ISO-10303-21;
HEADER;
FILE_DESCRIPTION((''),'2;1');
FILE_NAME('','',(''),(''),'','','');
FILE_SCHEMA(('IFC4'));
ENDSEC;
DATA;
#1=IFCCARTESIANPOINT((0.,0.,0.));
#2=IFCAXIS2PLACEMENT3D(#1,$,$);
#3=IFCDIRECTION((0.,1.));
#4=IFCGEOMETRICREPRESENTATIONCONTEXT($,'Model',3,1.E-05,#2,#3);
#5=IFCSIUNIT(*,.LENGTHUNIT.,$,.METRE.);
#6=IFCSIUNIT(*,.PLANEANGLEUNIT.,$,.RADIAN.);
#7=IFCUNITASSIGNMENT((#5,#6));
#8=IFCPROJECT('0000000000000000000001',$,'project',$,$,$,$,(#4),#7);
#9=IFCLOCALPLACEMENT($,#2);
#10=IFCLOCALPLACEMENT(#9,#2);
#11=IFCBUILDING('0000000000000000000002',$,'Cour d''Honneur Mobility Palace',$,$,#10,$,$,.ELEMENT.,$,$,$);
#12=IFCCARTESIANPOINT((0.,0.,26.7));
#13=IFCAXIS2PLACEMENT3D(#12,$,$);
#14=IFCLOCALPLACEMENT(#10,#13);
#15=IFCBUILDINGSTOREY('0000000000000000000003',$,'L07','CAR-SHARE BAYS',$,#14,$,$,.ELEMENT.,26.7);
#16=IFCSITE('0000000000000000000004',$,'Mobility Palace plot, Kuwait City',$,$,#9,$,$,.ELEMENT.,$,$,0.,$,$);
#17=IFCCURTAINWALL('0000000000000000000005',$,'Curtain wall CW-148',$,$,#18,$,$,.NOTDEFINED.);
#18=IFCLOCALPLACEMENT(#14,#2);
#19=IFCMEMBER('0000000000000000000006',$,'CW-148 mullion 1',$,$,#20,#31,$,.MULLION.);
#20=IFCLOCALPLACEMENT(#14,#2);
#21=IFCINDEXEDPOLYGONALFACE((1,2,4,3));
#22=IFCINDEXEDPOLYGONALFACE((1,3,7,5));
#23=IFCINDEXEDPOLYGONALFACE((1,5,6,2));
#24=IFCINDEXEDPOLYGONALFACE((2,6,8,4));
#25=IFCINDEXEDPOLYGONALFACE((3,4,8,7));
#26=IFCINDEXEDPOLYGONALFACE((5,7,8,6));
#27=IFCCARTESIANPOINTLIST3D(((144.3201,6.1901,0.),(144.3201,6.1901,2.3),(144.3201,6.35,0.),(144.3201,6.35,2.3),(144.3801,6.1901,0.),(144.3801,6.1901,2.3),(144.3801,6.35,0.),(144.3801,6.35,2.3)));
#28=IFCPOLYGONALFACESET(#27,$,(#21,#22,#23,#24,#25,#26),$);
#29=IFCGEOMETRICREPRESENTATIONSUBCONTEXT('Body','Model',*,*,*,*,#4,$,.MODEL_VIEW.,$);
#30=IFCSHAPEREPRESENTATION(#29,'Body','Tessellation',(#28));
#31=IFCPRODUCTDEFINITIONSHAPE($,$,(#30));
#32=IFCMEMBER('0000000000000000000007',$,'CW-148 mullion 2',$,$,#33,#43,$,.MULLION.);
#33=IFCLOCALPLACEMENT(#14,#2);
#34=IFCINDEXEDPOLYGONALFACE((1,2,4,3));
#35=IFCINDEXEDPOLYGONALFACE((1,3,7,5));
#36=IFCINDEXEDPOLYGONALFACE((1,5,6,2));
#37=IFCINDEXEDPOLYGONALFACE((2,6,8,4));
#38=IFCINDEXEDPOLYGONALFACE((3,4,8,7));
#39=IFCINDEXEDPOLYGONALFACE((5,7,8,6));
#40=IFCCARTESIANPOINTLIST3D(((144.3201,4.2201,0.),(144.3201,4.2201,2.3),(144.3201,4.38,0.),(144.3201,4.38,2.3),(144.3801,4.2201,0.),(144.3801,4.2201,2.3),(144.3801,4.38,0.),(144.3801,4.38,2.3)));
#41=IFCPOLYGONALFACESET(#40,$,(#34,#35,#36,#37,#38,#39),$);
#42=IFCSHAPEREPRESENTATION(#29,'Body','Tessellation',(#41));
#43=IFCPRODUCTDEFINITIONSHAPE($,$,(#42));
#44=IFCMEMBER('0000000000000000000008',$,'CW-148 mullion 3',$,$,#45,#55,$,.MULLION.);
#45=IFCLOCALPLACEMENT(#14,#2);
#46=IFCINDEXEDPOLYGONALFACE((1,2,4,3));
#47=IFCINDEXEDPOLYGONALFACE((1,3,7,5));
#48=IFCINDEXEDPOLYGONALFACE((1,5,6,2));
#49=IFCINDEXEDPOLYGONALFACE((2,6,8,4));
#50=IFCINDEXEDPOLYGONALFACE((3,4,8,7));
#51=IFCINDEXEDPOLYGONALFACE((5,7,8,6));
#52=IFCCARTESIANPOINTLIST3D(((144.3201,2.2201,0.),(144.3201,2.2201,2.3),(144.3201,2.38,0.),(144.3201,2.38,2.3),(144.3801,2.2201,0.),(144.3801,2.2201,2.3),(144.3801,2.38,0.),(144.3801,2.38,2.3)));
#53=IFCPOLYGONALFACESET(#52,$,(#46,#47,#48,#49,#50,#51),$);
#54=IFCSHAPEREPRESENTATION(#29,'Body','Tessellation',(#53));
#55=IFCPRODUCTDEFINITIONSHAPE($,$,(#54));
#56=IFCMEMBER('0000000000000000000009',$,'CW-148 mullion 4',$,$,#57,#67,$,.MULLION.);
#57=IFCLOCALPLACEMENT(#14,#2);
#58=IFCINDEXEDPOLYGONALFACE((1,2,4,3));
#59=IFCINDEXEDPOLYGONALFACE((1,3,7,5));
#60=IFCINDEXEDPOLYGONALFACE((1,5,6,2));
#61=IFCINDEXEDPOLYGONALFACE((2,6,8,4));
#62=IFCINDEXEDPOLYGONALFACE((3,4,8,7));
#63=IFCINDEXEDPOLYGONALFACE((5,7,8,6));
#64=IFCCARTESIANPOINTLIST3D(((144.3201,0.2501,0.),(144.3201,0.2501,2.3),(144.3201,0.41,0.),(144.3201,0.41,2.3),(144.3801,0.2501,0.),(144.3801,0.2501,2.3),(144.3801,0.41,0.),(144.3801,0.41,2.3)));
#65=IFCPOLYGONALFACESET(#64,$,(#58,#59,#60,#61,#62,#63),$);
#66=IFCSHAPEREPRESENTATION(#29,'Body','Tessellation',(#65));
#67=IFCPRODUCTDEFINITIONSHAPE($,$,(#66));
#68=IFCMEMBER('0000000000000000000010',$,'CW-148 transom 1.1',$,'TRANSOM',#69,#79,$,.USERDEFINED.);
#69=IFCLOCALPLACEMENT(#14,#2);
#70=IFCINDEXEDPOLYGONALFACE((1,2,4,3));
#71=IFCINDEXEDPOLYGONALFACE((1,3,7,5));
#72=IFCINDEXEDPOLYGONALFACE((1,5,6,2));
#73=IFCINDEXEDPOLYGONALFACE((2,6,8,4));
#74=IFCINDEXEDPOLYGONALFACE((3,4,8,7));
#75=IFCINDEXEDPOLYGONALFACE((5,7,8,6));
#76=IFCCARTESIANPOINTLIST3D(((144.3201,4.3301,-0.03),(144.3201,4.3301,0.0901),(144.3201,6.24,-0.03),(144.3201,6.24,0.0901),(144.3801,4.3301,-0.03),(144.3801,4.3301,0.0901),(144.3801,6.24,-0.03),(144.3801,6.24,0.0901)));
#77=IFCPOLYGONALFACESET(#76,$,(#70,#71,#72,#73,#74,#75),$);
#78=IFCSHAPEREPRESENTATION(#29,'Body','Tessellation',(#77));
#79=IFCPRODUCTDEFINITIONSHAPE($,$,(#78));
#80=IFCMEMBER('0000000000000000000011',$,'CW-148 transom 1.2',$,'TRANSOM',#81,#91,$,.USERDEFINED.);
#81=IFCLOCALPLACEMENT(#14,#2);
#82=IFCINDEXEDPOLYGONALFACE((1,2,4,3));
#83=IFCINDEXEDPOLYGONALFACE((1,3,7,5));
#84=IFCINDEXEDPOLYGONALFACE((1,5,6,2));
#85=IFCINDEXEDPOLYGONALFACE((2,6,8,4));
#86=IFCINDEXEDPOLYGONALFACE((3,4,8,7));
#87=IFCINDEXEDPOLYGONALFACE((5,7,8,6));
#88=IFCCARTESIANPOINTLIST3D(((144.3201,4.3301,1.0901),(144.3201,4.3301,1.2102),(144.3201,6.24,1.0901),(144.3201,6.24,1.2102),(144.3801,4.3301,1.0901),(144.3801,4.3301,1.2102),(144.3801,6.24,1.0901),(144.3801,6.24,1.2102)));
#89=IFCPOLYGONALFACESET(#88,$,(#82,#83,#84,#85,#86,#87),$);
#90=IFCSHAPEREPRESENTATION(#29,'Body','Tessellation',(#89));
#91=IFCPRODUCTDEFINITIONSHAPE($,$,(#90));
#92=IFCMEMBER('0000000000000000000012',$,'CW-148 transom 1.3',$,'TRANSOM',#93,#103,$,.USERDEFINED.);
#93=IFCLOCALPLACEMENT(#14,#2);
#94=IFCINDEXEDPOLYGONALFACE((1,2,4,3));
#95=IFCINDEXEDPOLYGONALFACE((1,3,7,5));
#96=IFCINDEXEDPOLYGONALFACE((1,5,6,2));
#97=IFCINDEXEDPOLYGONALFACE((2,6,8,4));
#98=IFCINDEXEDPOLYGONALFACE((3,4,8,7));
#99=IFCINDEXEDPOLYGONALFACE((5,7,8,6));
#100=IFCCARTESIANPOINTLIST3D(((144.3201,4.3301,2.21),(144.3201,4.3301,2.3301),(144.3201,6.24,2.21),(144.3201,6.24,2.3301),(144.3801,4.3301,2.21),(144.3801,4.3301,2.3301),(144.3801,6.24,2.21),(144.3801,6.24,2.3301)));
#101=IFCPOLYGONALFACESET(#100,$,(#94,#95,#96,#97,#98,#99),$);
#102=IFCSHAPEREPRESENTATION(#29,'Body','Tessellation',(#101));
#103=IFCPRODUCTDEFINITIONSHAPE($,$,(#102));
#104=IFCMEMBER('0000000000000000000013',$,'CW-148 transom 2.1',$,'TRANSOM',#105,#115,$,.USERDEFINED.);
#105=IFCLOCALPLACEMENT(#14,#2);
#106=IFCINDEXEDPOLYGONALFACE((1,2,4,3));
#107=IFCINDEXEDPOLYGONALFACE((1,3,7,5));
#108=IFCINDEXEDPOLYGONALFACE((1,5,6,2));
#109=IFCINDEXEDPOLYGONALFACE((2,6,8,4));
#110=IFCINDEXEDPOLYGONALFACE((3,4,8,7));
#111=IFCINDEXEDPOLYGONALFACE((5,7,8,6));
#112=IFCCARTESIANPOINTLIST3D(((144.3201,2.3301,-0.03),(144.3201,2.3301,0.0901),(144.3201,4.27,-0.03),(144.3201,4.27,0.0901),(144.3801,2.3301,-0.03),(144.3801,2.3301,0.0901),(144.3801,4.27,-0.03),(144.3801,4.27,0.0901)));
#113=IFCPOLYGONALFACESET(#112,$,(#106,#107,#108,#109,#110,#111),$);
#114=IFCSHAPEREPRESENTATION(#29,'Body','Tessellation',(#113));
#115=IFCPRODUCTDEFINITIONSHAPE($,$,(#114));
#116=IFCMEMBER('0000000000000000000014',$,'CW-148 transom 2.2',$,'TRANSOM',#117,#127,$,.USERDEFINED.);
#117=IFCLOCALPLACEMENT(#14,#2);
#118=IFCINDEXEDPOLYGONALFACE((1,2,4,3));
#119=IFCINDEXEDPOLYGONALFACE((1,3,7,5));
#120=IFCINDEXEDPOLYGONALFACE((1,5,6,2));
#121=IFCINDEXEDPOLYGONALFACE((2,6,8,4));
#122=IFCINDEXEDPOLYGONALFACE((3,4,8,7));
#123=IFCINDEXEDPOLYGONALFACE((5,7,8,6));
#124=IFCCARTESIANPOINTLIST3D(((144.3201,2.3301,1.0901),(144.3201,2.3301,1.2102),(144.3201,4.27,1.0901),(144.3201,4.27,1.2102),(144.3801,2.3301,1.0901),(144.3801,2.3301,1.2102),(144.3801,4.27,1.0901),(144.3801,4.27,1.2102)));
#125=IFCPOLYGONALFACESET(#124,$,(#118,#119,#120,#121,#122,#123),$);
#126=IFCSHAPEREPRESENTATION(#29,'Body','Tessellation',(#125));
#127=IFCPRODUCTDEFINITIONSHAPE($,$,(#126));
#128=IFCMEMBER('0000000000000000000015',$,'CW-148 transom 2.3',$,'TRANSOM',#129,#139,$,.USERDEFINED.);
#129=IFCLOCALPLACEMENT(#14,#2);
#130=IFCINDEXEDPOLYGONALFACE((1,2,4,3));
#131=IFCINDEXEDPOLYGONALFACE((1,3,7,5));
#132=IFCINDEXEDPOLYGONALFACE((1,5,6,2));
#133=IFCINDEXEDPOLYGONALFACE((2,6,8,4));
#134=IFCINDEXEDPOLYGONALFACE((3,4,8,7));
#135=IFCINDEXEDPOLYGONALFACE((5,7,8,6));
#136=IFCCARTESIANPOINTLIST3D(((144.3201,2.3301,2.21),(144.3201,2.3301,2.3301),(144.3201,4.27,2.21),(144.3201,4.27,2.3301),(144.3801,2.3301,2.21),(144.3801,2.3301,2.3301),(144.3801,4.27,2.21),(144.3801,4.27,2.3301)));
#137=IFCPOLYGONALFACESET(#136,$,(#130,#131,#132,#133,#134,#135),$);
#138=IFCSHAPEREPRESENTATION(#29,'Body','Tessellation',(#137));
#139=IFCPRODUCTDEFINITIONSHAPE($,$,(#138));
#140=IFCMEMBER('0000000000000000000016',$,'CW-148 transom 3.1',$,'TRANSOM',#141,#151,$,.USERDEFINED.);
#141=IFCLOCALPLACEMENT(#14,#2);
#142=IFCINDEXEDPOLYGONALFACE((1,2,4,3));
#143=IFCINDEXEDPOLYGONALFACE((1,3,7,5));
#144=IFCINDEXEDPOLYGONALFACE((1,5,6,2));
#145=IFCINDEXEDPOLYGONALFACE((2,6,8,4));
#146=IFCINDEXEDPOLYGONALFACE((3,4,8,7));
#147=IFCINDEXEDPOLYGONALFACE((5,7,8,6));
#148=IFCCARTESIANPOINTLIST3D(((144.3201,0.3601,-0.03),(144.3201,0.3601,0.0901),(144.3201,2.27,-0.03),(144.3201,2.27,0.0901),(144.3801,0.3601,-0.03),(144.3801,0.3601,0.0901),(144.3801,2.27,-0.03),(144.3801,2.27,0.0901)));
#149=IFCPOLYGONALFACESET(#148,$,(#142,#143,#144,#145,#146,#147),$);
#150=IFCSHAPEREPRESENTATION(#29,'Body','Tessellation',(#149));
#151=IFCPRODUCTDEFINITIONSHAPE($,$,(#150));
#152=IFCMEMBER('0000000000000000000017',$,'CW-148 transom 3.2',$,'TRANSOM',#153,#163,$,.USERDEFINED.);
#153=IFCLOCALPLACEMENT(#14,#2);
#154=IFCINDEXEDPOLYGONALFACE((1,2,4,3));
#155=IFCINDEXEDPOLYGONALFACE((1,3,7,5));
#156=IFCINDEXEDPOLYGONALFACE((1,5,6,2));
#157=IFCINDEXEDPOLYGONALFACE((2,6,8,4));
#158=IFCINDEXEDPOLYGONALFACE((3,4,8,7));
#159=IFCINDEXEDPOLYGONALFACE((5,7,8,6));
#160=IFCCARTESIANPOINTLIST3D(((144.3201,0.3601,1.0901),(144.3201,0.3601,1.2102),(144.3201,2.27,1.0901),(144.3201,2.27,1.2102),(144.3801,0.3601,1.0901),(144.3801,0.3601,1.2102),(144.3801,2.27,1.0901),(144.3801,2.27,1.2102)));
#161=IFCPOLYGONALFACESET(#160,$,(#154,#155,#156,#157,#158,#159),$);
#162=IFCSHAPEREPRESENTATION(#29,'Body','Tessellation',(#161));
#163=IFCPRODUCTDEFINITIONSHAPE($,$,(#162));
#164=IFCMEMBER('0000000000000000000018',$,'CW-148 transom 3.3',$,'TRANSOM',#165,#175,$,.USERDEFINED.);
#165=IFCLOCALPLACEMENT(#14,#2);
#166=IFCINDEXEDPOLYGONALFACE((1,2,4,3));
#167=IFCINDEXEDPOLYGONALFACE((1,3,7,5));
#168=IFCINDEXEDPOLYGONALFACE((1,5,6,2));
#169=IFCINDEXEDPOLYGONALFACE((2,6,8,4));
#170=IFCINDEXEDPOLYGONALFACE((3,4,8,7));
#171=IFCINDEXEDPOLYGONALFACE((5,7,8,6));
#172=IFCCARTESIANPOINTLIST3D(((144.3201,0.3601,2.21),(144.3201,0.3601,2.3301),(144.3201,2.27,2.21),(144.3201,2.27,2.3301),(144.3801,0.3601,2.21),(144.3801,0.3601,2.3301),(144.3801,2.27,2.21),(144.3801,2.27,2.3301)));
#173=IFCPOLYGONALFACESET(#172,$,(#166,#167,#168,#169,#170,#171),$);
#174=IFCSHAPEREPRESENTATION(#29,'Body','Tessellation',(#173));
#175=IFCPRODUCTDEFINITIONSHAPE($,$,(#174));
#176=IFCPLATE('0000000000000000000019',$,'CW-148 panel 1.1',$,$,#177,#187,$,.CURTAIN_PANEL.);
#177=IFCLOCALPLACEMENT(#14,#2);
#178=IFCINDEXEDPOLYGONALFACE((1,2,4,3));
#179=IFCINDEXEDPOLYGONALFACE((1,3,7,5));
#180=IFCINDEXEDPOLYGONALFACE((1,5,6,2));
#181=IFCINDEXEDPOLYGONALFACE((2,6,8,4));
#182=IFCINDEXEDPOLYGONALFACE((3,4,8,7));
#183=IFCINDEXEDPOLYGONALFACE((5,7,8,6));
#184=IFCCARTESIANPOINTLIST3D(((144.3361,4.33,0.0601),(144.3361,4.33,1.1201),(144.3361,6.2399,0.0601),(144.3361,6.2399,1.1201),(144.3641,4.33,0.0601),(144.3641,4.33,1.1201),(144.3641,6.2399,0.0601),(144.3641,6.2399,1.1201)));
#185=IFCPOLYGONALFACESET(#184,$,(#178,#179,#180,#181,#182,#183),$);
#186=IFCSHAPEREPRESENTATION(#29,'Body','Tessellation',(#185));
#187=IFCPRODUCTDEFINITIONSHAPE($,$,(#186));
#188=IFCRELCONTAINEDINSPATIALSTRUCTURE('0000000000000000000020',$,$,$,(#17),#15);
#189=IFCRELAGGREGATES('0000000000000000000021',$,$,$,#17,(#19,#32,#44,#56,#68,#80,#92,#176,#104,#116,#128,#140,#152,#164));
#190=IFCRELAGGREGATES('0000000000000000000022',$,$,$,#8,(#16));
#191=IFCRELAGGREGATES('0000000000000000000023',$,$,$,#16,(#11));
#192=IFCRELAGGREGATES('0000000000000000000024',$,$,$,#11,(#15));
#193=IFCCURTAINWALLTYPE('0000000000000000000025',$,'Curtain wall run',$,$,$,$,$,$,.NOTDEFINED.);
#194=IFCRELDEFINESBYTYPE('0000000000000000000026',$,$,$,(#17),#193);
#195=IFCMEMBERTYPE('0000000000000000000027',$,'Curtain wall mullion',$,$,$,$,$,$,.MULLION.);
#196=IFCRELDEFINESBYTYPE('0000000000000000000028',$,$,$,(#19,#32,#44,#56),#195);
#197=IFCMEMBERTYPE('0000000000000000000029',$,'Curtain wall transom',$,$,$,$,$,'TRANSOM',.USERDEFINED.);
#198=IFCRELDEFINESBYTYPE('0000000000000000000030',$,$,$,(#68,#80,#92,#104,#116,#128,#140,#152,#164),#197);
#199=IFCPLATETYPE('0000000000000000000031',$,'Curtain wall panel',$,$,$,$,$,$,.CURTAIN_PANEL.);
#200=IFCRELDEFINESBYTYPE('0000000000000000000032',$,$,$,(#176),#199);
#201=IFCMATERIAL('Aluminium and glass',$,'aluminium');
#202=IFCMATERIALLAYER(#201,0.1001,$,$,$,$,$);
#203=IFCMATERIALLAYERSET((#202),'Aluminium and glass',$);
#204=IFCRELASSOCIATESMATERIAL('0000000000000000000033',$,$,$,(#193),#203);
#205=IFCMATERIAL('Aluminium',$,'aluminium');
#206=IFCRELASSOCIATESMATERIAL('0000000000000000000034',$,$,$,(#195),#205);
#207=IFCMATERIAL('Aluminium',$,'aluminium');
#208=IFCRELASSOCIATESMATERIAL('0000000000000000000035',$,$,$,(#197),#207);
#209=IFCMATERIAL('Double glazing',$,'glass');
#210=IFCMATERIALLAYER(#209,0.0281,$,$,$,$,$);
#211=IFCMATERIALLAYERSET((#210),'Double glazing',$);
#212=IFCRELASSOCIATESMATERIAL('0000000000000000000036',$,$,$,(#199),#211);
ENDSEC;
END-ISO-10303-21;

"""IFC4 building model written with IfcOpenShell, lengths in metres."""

from ifc_helpers import new_model, si_unit, direction, frame, origin, origin_2d, place, context, subcontext, project, spatial, rectangle, extrude, material, layer, layer_set, material_profile, profile_set, type_object, element, aggregate, save


model = new_model("IFC4")

# Units and contexts
model_context = context("Model", 3, precision=1e-05, world=origin(), true_north=direction((0.0, 1.0)))
body_context = subcontext(model_context, "Body", "Model", "MODEL_VIEW")
ifc_project = project(units=[si_unit("LENGTHUNIT", "METRE"), si_unit("PLANEANGLEUNIT", "RADIAN")], contexts=[model_context])

# Site, building, storey
site_placement = place(None, origin())
site = spatial("IfcSite", under=ifc_project, at=site_placement, Name="Mobility Palace plot, Kuwait City", CompositionType="ELEMENT", RefElevation=0.0)
building_placement = place(site_placement, origin())
building = spatial("IfcBuilding", under=site, at=building_placement, Name="Cour d'Honneur Mobility Palace", CompositionType="ELEMENT")
storey_placement = place(building_placement, frame((0.0, 0.0, 26.7)))
storey = spatial("IfcBuildingStorey", under=building, at=storey_placement, Name="L07", Description="CAR-SHARE BAYS", CompositionType="ELEMENT", Elevation=26.7)

# Curtain wall, members, plate
ifc_material_1 = material(Name="Aluminium and glass", Category="aluminium")
ifc_layer_1 = layer(ifc_material_1, 0.1001)
ifc_layer_set_1 = layer_set([ifc_layer_1], Name="Aluminium and glass")
curtain_wall_type = type_object("IfcCurtainWallType", Name="Curtain wall run", PredefinedType="NOTDEFINED", material=ifc_layer_set_1)
curtain_wall_placement = place(storey_placement, origin())
curtain_wall = element("IfcCurtainWall", 1, at=curtain_wall_placement, inside=storey, type_object=curtain_wall_type, Name="Curtain wall CW-148", PredefinedType="NOTDEFINED")
ifc_material_2 = material(Name="Aluminium", Category="aluminium")
ifc_material_profile_1 = material_profile(ifc_material_2, rectangle(XDim=0.0601, YDim=0.1599, at=origin_2d()), Name="Curtain wall mullion")
ifc_profile_set_1 = profile_set([ifc_material_profile_1], Name="Aluminium")
member_type_1 = type_object("IfcMemberType", Name="Curtain wall mullion", PredefinedType="MULLION", material=ifc_profile_set_1)
member_1_placement = place(storey_placement, frame((144.3501, 6.27, 0.0), z_axis=(0.0, 0.0, 1.0), x_axis=(1.0, 0.0, 0.0)))
member_1 = element("IfcMember", 2, at=member_1_placement, type_object=member_type_1, Name="CW-148 mullion 1", PredefinedType="MULLION", context=body_context, shape_type="SweptSolid", body=[
    extrude(rectangle(XDim=0.0601, YDim=0.1599, at=origin_2d()), origin(), (0.0, 0.0, 1.0), 2.3),
])
member_2_placement = place(storey_placement, frame((144.3501, 4.3, 0.0), z_axis=(0.0, 0.0, 1.0), x_axis=(1.0, 0.0, 0.0)))
member_2 = element("IfcMember", 3, at=member_2_placement, type_object=member_type_1, Name="CW-148 mullion 2", PredefinedType="MULLION", context=body_context, shape_type="SweptSolid", body=[
    extrude(rectangle(XDim=0.0601, YDim=0.1599, at=origin_2d()), origin(), (0.0, 0.0, 1.0), 2.3),
])
member_3_placement = place(storey_placement, frame((144.3501, 2.3, 0.0), z_axis=(0.0, 0.0, 1.0), x_axis=(1.0, 0.0, 0.0)))
member_3 = element("IfcMember", 4, at=member_3_placement, type_object=member_type_1, Name="CW-148 mullion 3", PredefinedType="MULLION", context=body_context, shape_type="SweptSolid", body=[
    extrude(rectangle(XDim=0.0601, YDim=0.1599, at=origin_2d()), origin(), (0.0, 0.0, 1.0), 2.3),
])
member_4_placement = place(storey_placement, frame((144.3501, 0.3301, 0.0), z_axis=(0.0, 0.0, 1.0), x_axis=(1.0, 0.0, 0.0)))
member_4 = element("IfcMember", 5, at=member_4_placement, type_object=member_type_1, Name="CW-148 mullion 4", PredefinedType="MULLION", context=body_context, shape_type="SweptSolid", body=[
    extrude(rectangle(XDim=0.0601, YDim=0.1599, at=origin_2d()), origin(), (0.0, 0.0, 1.0), 2.3),
])
ifc_material_3 = material(Name="Aluminium", Category="aluminium")
ifc_material_profile_2 = material_profile(ifc_material_3, rectangle(XDim=0.0601, YDim=0.1201, at=origin_2d()), Name="Curtain wall transom")
ifc_profile_set_2 = profile_set([ifc_material_profile_2], Name="Aluminium")
member_type_2 = type_object("IfcMemberType", Name="Curtain wall transom", ElementType="TRANSOM", PredefinedType="USERDEFINED", material=ifc_profile_set_2)
member_5_placement = place(storey_placement, frame((144.3501, 6.24, 0.03), z_axis=(0.0, -1.0, 0.0), x_axis=(1.0, 0.0, 0.0)))
member_5 = element("IfcMember", 6, at=member_5_placement, type_object=member_type_2, Name="CW-148 transom 1.1", ObjectType="TRANSOM", PredefinedType="USERDEFINED", context=body_context, shape_type="SweptSolid", body=[
    extrude(rectangle(XDim=0.0601, YDim=0.1201, at=origin_2d()), origin(), (0.0, 0.0, 1.0), 1.9099),
])
member_6_placement = place(storey_placement, frame((144.3501, 6.24, 1.1501), z_axis=(0.0, -1.0, 0.0), x_axis=(1.0, 0.0, 0.0)))
member_6 = element("IfcMember", 7, at=member_6_placement, type_object=member_type_2, Name="CW-148 transom 1.2", ObjectType="TRANSOM", PredefinedType="USERDEFINED", context=body_context, shape_type="SweptSolid", body=[
    extrude(rectangle(XDim=0.0601, YDim=0.1201, at=origin_2d()), origin(), (0.0, 0.0, 1.0), 1.9099),
])
member_7_placement = place(storey_placement, frame((144.3501, 6.24, 2.27), z_axis=(0.0, -1.0, 0.0), x_axis=(1.0, 0.0, 0.0)))
member_7 = element("IfcMember", 8, at=member_7_placement, type_object=member_type_2, Name="CW-148 transom 1.3", ObjectType="TRANSOM", PredefinedType="USERDEFINED", context=body_context, shape_type="SweptSolid", body=[
    extrude(rectangle(XDim=0.0601, YDim=0.1201, at=origin_2d()), origin(), (0.0, 0.0, 1.0), 1.9099),
])
member_8_placement = place(storey_placement, frame((144.3501, 4.27, 0.03), z_axis=(0.0, -1.0, 0.0), x_axis=(1.0, 0.0, 0.0)))
member_8 = element("IfcMember", 9, at=member_8_placement, type_object=member_type_2, Name="CW-148 transom 2.1", ObjectType="TRANSOM", PredefinedType="USERDEFINED", context=body_context, shape_type="SweptSolid", body=[
    extrude(rectangle(XDim=0.0601, YDim=0.1201, at=origin_2d()), origin(), (0.0, 0.0, 1.0), 1.9399),
])
member_9_placement = place(storey_placement, frame((144.3501, 4.27, 1.1501), z_axis=(0.0, -1.0, 0.0), x_axis=(1.0, 0.0, 0.0)))
member_9 = element("IfcMember", 10, at=member_9_placement, type_object=member_type_2, Name="CW-148 transom 2.2", ObjectType="TRANSOM", PredefinedType="USERDEFINED", context=body_context, shape_type="SweptSolid", body=[
    extrude(rectangle(XDim=0.0601, YDim=0.1201, at=origin_2d()), origin(), (0.0, 0.0, 1.0), 1.9399),
])
member_10_placement = place(storey_placement, frame((144.3501, 4.27, 2.27), z_axis=(0.0, -1.0, 0.0), x_axis=(1.0, 0.0, 0.0)))
member_10 = element("IfcMember", 11, at=member_10_placement, type_object=member_type_2, Name="CW-148 transom 2.3", ObjectType="TRANSOM", PredefinedType="USERDEFINED", context=body_context, shape_type="SweptSolid", body=[
    extrude(rectangle(XDim=0.0601, YDim=0.1201, at=origin_2d()), origin(), (0.0, 0.0, 1.0), 1.9399),
])
member_11_placement = place(storey_placement, frame((144.3501, 2.27, 0.03), z_axis=(0.0, -1.0, 0.0), x_axis=(1.0, 0.0, 0.0)))
member_11 = element("IfcMember", 12, at=member_11_placement, type_object=member_type_2, Name="CW-148 transom 3.1", ObjectType="TRANSOM", PredefinedType="USERDEFINED", context=body_context, shape_type="SweptSolid", body=[
    extrude(rectangle(XDim=0.0601, YDim=0.1201, at=origin_2d()), origin(), (0.0, 0.0, 1.0), 1.9099),
])
member_12_placement = place(storey_placement, frame((144.3501, 2.27, 1.1501), z_axis=(0.0, -1.0, 0.0), x_axis=(1.0, 0.0, 0.0)))
member_12 = element("IfcMember", 13, at=member_12_placement, type_object=member_type_2, Name="CW-148 transom 3.2", ObjectType="TRANSOM", PredefinedType="USERDEFINED", context=body_context, shape_type="SweptSolid", body=[
    extrude(rectangle(XDim=0.0601, YDim=0.1201, at=origin_2d()), origin(), (0.0, 0.0, 1.0), 1.9099),
])
member_13_placement = place(storey_placement, frame((144.3501, 2.27, 2.27), z_axis=(0.0, -1.0, 0.0), x_axis=(1.0, 0.0, 0.0)))
member_13 = element("IfcMember", 14, at=member_13_placement, type_object=member_type_2, Name="CW-148 transom 3.3", ObjectType="TRANSOM", PredefinedType="USERDEFINED", context=body_context, shape_type="SweptSolid", body=[
    extrude(rectangle(XDim=0.0601, YDim=0.1201, at=origin_2d()), origin(), (0.0, 0.0, 1.0), 1.9099),
])
ifc_material_4 = material(Name="Double glazing", Category="glass")
ifc_layer_2 = layer(ifc_material_4, 0.0281)
ifc_layer_set_2 = layer_set([ifc_layer_2], Name="Double glazing")
plate_type = type_object("IfcPlateType", Name="Curtain wall panel", PredefinedType="CURTAIN_PANEL", material=ifc_layer_set_2)
plate_1_placement = place(storey_placement, frame((144.3501, 5.2849, 0.0601), z_axis=(0.0, 0.0, 1.0), x_axis=(0.0, -1.0, 0.0)))
plate_1 = element("IfcPlate", 15, at=plate_1_placement, type_object=plate_type, Name="CW-148 panel 1.1", PredefinedType="CURTAIN_PANEL", context=body_context, shape_type="SweptSolid", body=[
    extrude(rectangle(XDim=1.9099, YDim=0.0281, at=origin_2d()), origin(), (0.0, 0.0, 1.0), 1.0601),
])
aggregate(curtain_wall, [member_1, member_2, member_3, member_4, member_5, member_6, member_7, plate_1, member_8, member_9, member_10, member_11, member_12, member_13])

save(model, "model.ifc")
